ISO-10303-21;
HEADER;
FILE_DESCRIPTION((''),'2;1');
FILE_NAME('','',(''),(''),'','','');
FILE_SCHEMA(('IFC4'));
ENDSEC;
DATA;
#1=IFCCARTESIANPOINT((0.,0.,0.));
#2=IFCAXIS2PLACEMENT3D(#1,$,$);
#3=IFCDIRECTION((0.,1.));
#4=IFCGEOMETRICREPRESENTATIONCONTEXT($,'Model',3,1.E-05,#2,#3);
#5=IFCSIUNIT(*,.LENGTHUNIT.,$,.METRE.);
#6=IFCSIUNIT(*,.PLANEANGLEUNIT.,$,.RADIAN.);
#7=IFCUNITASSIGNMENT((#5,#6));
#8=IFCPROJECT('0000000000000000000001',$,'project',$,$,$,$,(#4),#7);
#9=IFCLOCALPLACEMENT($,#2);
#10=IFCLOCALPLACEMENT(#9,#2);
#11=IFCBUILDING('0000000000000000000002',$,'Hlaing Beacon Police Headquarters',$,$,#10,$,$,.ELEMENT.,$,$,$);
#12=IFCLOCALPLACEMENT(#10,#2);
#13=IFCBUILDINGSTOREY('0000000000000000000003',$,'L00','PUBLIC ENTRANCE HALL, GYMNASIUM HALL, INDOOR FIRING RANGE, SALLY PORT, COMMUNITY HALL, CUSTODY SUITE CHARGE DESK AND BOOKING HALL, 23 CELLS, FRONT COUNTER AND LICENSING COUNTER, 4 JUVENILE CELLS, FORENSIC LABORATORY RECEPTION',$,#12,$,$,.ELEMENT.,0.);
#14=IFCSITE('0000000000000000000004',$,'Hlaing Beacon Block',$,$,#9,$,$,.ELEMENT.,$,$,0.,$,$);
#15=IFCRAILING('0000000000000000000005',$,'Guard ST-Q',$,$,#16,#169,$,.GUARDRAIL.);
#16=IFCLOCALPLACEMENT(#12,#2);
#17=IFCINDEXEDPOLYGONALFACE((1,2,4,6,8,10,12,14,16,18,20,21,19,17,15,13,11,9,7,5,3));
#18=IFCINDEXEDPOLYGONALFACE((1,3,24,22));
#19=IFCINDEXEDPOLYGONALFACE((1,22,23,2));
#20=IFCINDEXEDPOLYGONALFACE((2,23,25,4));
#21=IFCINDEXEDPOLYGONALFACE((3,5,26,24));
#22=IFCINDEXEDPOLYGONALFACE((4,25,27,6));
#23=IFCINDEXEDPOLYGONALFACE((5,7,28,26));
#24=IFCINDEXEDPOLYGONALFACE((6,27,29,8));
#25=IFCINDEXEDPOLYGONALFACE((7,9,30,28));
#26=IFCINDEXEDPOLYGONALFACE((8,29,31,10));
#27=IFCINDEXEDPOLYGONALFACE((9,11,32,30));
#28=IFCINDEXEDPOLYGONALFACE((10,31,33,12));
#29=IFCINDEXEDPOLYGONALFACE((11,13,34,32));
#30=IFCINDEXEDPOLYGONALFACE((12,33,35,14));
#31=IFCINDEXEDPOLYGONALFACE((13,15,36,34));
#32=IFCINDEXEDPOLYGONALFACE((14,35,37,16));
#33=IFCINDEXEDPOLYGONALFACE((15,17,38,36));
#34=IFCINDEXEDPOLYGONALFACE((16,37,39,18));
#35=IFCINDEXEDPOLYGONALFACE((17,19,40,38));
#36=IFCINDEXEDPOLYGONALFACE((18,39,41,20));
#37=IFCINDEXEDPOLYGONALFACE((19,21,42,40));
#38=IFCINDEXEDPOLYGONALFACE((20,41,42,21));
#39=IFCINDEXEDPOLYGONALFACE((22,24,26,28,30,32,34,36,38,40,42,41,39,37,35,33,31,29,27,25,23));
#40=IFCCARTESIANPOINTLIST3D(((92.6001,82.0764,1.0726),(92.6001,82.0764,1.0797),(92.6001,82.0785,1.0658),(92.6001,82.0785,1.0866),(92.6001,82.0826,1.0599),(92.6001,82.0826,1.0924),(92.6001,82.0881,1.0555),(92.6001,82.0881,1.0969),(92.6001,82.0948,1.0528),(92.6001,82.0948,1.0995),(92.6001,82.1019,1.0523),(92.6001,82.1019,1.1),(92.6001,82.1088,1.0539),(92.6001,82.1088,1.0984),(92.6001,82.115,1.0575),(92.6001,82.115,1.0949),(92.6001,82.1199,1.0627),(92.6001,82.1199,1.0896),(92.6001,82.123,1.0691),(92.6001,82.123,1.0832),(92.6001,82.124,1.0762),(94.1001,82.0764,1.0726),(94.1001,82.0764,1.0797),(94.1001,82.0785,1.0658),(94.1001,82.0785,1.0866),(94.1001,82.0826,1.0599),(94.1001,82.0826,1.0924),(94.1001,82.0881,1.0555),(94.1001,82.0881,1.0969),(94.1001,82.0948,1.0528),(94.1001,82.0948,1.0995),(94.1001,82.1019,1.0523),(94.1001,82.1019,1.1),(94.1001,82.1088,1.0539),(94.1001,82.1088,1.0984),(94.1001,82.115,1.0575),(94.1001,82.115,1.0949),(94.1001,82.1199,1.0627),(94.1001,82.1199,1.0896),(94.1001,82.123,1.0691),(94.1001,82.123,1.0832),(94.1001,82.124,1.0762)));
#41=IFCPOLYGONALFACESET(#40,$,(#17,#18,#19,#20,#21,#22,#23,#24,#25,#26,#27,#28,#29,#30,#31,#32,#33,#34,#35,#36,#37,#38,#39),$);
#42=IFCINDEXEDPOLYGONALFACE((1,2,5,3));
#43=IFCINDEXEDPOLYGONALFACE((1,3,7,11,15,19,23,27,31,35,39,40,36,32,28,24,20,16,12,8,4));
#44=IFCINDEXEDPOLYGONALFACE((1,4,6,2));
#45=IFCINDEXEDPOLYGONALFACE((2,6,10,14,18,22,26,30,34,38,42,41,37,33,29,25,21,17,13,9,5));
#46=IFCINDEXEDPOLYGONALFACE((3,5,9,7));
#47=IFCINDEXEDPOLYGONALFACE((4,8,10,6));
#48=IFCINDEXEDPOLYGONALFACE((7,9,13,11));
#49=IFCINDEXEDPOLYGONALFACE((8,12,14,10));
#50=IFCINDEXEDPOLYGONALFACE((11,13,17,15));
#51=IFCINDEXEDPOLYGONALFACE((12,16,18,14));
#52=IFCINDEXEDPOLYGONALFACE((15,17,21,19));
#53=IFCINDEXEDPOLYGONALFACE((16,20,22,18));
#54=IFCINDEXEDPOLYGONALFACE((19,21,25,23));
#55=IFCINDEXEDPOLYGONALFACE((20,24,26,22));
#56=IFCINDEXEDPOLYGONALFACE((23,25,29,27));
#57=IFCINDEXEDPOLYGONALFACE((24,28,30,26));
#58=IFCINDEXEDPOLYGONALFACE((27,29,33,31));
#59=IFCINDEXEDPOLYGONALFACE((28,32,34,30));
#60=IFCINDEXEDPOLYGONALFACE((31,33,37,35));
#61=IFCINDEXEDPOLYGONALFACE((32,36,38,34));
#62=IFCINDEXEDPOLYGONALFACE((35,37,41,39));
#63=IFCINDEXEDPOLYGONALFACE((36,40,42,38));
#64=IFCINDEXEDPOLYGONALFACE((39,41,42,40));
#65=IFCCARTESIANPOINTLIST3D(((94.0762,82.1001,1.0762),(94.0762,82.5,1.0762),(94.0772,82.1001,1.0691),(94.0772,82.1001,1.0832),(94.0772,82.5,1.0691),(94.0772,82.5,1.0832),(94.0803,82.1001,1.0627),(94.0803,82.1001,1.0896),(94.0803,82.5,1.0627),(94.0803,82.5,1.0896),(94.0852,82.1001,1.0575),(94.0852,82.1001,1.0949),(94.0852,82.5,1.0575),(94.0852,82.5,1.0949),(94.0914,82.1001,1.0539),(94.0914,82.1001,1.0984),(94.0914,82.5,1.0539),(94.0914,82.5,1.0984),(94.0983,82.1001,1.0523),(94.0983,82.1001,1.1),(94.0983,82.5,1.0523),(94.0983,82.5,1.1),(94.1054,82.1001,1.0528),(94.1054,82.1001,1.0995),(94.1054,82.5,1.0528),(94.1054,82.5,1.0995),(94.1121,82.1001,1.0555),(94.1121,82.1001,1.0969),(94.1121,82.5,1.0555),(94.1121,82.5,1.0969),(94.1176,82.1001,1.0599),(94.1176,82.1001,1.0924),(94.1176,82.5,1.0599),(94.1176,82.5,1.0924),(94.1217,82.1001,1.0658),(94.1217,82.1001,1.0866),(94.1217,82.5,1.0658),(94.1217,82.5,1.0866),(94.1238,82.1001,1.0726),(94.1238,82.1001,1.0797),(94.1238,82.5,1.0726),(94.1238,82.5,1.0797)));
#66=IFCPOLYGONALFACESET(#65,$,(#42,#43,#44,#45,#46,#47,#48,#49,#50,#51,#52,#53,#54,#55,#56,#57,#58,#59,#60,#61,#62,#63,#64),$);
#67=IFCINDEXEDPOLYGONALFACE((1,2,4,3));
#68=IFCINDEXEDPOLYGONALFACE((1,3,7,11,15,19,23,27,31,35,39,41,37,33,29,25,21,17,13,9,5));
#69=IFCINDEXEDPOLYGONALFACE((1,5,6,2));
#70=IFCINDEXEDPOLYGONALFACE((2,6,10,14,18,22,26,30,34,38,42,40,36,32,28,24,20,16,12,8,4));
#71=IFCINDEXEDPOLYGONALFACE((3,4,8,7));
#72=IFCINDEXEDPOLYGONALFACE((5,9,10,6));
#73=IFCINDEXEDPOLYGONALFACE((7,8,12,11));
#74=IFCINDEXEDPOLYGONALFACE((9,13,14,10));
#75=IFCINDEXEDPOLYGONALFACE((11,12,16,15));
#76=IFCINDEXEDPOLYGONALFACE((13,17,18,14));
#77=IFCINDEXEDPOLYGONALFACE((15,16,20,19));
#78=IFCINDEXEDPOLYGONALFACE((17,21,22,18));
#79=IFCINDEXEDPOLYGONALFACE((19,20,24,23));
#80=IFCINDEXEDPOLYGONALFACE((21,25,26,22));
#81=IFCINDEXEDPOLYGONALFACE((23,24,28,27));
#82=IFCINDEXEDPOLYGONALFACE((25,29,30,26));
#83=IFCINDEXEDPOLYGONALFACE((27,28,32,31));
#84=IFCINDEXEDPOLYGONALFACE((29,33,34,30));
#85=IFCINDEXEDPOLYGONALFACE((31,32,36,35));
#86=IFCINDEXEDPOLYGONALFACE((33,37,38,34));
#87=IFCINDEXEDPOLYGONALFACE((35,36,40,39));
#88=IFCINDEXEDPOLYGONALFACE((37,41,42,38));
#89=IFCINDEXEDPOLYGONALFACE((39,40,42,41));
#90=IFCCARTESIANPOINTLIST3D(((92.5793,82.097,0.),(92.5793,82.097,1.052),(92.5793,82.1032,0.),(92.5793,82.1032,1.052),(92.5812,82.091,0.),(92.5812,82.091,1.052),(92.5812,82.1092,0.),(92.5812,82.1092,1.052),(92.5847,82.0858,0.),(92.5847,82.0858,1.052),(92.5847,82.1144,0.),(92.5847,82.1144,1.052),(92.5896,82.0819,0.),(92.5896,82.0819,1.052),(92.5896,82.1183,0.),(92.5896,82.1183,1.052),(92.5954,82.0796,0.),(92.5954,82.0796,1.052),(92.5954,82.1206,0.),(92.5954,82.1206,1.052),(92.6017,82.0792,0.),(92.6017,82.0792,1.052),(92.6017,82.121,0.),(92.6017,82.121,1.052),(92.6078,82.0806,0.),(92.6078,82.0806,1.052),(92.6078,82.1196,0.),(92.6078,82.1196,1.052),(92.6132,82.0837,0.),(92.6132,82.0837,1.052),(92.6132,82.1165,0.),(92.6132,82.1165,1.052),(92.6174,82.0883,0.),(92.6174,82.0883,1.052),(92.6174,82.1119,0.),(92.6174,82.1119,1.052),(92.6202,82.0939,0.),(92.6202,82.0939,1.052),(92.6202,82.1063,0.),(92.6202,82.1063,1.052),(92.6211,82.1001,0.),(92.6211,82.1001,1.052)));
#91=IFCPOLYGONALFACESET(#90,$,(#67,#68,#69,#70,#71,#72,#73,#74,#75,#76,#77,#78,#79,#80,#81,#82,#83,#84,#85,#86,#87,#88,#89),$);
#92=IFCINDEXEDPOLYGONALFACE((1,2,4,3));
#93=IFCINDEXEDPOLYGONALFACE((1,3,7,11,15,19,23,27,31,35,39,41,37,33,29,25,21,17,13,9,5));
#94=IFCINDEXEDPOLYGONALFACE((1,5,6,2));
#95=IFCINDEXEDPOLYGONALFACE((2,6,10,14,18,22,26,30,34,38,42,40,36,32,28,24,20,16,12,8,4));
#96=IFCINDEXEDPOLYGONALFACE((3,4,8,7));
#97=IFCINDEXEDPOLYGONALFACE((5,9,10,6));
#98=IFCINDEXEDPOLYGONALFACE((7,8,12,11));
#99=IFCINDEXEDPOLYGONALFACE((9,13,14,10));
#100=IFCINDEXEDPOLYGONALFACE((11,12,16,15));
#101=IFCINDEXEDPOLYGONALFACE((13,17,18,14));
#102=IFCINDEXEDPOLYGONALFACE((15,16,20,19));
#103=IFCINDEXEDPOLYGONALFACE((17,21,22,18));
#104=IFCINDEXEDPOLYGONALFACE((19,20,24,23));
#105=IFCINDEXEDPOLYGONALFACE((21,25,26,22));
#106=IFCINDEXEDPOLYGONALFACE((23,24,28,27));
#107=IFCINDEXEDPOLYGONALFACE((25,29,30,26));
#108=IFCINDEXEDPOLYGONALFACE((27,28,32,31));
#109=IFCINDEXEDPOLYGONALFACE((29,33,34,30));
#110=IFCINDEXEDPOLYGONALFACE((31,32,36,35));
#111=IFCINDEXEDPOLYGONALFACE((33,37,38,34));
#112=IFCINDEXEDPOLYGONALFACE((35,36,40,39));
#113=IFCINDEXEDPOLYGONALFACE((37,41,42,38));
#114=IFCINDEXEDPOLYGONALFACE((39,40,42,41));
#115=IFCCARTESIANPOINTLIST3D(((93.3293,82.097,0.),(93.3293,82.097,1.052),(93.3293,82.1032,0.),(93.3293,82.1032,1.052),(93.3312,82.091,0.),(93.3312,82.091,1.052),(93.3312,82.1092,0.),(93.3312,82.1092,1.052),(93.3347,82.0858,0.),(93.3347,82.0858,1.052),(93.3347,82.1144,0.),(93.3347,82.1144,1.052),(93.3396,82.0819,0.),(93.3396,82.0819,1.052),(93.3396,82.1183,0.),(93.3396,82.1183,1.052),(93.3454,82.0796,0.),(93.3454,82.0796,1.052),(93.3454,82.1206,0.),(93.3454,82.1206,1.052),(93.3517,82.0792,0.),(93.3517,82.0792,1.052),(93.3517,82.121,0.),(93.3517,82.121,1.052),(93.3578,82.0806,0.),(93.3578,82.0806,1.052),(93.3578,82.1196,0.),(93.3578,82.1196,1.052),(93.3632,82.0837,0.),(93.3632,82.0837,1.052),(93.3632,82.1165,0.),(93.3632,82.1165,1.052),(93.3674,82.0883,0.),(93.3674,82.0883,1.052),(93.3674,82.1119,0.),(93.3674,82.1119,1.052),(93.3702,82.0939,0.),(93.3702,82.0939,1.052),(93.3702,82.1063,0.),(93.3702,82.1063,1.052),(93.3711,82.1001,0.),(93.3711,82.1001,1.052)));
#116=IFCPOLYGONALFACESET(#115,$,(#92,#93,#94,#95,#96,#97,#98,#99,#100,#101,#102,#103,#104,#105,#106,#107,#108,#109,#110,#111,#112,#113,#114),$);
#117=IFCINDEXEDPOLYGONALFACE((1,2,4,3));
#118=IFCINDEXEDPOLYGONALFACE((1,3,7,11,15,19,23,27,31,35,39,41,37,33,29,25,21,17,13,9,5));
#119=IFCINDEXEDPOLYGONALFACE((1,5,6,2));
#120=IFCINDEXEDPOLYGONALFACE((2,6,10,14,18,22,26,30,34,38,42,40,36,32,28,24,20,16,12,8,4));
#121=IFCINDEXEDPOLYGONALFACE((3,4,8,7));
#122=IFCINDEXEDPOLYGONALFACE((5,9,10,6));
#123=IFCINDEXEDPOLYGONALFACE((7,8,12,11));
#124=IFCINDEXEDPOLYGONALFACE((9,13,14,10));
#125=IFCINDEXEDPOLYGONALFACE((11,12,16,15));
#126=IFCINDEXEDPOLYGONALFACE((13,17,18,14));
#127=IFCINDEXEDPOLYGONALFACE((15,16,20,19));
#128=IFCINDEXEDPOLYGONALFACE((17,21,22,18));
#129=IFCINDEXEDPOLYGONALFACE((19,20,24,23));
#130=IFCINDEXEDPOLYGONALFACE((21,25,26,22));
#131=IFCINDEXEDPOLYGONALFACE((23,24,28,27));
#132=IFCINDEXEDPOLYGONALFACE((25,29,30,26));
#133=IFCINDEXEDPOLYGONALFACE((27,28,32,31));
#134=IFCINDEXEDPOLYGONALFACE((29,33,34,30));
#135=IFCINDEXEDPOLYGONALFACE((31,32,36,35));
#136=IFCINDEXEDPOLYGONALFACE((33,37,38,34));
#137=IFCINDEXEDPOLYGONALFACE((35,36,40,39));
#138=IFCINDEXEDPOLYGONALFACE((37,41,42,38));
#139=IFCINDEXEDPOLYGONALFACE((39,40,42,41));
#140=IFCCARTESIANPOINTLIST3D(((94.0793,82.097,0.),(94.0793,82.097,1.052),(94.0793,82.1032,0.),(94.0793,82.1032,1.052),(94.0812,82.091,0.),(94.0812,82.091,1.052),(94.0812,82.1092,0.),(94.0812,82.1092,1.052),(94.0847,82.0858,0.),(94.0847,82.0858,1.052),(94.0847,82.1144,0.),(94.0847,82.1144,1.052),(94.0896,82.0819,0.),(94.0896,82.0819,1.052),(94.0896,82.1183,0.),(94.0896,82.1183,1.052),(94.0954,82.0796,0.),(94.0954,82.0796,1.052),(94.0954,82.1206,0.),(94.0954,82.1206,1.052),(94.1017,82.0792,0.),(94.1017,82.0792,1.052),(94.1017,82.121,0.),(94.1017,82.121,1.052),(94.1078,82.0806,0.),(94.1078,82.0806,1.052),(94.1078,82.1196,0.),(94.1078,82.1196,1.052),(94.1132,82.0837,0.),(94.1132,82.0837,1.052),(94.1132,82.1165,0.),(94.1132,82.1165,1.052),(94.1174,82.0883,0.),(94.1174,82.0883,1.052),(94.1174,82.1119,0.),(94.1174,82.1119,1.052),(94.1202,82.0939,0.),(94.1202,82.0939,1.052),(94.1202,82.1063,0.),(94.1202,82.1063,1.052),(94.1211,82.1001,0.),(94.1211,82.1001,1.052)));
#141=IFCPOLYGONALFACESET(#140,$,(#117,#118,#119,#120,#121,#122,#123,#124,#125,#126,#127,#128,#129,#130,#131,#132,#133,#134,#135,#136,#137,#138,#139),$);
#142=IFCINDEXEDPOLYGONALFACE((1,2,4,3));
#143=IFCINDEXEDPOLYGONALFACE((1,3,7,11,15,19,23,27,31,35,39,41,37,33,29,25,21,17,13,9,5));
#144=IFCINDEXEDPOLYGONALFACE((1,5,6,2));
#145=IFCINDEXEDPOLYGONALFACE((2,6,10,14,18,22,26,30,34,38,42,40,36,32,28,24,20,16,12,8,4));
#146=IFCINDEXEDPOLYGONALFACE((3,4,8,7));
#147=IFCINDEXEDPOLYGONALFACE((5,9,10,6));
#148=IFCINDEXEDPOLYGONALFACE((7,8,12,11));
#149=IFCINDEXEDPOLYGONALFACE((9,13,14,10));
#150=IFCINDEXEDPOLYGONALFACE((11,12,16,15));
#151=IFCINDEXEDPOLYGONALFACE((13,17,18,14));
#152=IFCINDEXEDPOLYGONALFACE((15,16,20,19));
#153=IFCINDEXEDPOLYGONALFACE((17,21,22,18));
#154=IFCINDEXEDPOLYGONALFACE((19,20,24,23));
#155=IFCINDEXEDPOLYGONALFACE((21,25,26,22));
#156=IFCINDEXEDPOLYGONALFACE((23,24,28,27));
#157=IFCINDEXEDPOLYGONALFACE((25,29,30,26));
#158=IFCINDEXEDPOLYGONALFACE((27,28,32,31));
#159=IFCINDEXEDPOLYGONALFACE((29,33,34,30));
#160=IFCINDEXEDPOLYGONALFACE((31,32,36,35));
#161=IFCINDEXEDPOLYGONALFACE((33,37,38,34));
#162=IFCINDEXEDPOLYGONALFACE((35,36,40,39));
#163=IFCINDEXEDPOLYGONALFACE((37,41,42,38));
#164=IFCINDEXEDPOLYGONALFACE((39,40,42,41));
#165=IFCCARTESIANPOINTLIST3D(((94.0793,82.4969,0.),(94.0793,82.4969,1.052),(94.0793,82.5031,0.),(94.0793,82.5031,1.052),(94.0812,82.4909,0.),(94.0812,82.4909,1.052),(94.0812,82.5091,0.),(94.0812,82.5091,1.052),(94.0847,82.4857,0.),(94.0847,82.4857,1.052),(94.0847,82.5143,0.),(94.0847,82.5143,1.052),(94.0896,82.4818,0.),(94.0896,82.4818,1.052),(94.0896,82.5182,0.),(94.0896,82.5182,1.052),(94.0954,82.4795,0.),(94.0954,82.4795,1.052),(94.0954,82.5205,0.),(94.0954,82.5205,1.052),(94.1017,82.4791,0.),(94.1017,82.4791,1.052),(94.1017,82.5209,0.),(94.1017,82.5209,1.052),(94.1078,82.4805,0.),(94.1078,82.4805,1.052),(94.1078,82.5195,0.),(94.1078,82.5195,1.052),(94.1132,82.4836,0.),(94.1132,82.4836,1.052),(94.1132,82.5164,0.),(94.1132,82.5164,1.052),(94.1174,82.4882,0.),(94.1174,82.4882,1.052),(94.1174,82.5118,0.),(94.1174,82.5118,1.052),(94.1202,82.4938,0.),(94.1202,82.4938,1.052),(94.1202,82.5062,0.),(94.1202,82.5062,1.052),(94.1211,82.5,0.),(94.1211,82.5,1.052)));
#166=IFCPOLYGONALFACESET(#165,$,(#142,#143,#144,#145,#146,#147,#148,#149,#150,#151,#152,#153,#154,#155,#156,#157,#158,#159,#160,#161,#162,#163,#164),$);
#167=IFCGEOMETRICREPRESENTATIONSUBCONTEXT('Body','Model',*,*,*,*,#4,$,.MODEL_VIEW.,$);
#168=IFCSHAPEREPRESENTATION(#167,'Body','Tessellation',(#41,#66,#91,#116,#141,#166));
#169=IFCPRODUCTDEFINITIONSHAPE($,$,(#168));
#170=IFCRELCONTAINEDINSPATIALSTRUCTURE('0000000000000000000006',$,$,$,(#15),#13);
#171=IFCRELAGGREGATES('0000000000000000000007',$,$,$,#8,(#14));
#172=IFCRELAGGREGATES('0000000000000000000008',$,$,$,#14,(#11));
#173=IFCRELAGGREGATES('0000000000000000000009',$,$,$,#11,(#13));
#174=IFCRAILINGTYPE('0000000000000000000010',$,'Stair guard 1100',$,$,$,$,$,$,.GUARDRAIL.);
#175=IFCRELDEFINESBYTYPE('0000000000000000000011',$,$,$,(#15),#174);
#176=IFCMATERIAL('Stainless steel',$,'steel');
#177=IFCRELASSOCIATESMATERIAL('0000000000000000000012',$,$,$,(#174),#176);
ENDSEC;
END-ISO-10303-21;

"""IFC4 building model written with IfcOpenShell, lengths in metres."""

from ifc_helpers import new_model, si_unit, direction, frame, origin, origin_2d, place, context, subcontext, project, spatial, circle, extrude, material, type_object, element, save


model = new_model("IFC4")

# Units and contexts
model_context = context("Model", 3, precision=1e-05, world=origin(), true_north=direction((0.0, 1.0)))
body_context = subcontext(model_context, "Body", "Model", "MODEL_VIEW")
ifc_project = project(units=[si_unit("LENGTHUNIT", "METRE"), si_unit("PLANEANGLEUNIT", "RADIAN")], contexts=[model_context])

# Site, building, storey
site_placement = place(None, origin())
site = spatial("IfcSite", under=ifc_project, at=site_placement, Name="Hlaing Beacon Block", CompositionType="ELEMENT", RefElevation=0.0)
building_placement = place(site_placement, origin())
building = spatial("IfcBuilding", under=site, at=building_placement, Name="Hlaing Beacon Police Headquarters", CompositionType="ELEMENT")
storey_placement = place(building_placement, origin())
storey = spatial("IfcBuildingStorey", under=building, at=storey_placement, Name="L00", Description="PUBLIC ENTRANCE HALL, GYMNASIUM HALL, INDOOR FIRING RANGE, SALLY PORT, COMMUNITY HALL, CUSTODY SUITE CHARGE DESK AND BOOKING HALL, 23 CELLS, FRONT COUNTER AND LICENSING COUNTER, 4 JUVENILE CELLS, FORENSIC LABORATORY RECEPTION", CompositionType="ELEMENT", Elevation=0.0)

# Railing
ifc_material_1 = material(Name="Stainless steel", Category="steel")
railing_type_1 = type_object("IfcRailingType", Name="Stair guard 1100", PredefinedType="GUARDRAIL", material=ifc_material_1)
railing_1_placement = place(storey_placement, frame((92.6001, 82.1001, 0.0)))
element("IfcRailing", 1, at=railing_1_placement, inside=storey, type_object=railing_type_1, Name="Guard ST-Q", PredefinedType="GUARDRAIL", context=body_context, shape_type="SweptSolid", body=[
    extrude(circle(Radius=0.0239, at=origin_2d()), frame((0.0, 0.0, 1.0762), z_axis=(1.0, 0.0, 0.0), x_axis=(0.0, 1.0, 0.0)), (0.0, 0.0, 1.0), 1.5),
    extrude(circle(Radius=0.0239, at=origin_2d()), frame((1.5, 0.0, 1.0762), z_axis=(0.0, 1.0, 0.0), x_axis=(-1.0, 0.0, 0.0)), (0.0, 0.0, 1.0), 0.3999),
    extrude(circle(Radius=0.021, at=origin_2d()), origin(), (0.0, 0.0, 1.0), 1.052),
    extrude(circle(Radius=0.021, at=origin_2d()), frame((0.75, 0.0, 0.0)), (0.0, 0.0, 1.0), 1.052),
    extrude(circle(Radius=0.021, at=origin_2d()), frame((1.5, 0.0, 0.0)), (0.0, 0.0, 1.0), 1.052),
    extrude(circle(Radius=0.021, at=origin_2d()), frame((1.5, 0.3999, 0.0)), (0.0, 0.0, 1.0), 1.052),
])

save(model, "model.ifc")
